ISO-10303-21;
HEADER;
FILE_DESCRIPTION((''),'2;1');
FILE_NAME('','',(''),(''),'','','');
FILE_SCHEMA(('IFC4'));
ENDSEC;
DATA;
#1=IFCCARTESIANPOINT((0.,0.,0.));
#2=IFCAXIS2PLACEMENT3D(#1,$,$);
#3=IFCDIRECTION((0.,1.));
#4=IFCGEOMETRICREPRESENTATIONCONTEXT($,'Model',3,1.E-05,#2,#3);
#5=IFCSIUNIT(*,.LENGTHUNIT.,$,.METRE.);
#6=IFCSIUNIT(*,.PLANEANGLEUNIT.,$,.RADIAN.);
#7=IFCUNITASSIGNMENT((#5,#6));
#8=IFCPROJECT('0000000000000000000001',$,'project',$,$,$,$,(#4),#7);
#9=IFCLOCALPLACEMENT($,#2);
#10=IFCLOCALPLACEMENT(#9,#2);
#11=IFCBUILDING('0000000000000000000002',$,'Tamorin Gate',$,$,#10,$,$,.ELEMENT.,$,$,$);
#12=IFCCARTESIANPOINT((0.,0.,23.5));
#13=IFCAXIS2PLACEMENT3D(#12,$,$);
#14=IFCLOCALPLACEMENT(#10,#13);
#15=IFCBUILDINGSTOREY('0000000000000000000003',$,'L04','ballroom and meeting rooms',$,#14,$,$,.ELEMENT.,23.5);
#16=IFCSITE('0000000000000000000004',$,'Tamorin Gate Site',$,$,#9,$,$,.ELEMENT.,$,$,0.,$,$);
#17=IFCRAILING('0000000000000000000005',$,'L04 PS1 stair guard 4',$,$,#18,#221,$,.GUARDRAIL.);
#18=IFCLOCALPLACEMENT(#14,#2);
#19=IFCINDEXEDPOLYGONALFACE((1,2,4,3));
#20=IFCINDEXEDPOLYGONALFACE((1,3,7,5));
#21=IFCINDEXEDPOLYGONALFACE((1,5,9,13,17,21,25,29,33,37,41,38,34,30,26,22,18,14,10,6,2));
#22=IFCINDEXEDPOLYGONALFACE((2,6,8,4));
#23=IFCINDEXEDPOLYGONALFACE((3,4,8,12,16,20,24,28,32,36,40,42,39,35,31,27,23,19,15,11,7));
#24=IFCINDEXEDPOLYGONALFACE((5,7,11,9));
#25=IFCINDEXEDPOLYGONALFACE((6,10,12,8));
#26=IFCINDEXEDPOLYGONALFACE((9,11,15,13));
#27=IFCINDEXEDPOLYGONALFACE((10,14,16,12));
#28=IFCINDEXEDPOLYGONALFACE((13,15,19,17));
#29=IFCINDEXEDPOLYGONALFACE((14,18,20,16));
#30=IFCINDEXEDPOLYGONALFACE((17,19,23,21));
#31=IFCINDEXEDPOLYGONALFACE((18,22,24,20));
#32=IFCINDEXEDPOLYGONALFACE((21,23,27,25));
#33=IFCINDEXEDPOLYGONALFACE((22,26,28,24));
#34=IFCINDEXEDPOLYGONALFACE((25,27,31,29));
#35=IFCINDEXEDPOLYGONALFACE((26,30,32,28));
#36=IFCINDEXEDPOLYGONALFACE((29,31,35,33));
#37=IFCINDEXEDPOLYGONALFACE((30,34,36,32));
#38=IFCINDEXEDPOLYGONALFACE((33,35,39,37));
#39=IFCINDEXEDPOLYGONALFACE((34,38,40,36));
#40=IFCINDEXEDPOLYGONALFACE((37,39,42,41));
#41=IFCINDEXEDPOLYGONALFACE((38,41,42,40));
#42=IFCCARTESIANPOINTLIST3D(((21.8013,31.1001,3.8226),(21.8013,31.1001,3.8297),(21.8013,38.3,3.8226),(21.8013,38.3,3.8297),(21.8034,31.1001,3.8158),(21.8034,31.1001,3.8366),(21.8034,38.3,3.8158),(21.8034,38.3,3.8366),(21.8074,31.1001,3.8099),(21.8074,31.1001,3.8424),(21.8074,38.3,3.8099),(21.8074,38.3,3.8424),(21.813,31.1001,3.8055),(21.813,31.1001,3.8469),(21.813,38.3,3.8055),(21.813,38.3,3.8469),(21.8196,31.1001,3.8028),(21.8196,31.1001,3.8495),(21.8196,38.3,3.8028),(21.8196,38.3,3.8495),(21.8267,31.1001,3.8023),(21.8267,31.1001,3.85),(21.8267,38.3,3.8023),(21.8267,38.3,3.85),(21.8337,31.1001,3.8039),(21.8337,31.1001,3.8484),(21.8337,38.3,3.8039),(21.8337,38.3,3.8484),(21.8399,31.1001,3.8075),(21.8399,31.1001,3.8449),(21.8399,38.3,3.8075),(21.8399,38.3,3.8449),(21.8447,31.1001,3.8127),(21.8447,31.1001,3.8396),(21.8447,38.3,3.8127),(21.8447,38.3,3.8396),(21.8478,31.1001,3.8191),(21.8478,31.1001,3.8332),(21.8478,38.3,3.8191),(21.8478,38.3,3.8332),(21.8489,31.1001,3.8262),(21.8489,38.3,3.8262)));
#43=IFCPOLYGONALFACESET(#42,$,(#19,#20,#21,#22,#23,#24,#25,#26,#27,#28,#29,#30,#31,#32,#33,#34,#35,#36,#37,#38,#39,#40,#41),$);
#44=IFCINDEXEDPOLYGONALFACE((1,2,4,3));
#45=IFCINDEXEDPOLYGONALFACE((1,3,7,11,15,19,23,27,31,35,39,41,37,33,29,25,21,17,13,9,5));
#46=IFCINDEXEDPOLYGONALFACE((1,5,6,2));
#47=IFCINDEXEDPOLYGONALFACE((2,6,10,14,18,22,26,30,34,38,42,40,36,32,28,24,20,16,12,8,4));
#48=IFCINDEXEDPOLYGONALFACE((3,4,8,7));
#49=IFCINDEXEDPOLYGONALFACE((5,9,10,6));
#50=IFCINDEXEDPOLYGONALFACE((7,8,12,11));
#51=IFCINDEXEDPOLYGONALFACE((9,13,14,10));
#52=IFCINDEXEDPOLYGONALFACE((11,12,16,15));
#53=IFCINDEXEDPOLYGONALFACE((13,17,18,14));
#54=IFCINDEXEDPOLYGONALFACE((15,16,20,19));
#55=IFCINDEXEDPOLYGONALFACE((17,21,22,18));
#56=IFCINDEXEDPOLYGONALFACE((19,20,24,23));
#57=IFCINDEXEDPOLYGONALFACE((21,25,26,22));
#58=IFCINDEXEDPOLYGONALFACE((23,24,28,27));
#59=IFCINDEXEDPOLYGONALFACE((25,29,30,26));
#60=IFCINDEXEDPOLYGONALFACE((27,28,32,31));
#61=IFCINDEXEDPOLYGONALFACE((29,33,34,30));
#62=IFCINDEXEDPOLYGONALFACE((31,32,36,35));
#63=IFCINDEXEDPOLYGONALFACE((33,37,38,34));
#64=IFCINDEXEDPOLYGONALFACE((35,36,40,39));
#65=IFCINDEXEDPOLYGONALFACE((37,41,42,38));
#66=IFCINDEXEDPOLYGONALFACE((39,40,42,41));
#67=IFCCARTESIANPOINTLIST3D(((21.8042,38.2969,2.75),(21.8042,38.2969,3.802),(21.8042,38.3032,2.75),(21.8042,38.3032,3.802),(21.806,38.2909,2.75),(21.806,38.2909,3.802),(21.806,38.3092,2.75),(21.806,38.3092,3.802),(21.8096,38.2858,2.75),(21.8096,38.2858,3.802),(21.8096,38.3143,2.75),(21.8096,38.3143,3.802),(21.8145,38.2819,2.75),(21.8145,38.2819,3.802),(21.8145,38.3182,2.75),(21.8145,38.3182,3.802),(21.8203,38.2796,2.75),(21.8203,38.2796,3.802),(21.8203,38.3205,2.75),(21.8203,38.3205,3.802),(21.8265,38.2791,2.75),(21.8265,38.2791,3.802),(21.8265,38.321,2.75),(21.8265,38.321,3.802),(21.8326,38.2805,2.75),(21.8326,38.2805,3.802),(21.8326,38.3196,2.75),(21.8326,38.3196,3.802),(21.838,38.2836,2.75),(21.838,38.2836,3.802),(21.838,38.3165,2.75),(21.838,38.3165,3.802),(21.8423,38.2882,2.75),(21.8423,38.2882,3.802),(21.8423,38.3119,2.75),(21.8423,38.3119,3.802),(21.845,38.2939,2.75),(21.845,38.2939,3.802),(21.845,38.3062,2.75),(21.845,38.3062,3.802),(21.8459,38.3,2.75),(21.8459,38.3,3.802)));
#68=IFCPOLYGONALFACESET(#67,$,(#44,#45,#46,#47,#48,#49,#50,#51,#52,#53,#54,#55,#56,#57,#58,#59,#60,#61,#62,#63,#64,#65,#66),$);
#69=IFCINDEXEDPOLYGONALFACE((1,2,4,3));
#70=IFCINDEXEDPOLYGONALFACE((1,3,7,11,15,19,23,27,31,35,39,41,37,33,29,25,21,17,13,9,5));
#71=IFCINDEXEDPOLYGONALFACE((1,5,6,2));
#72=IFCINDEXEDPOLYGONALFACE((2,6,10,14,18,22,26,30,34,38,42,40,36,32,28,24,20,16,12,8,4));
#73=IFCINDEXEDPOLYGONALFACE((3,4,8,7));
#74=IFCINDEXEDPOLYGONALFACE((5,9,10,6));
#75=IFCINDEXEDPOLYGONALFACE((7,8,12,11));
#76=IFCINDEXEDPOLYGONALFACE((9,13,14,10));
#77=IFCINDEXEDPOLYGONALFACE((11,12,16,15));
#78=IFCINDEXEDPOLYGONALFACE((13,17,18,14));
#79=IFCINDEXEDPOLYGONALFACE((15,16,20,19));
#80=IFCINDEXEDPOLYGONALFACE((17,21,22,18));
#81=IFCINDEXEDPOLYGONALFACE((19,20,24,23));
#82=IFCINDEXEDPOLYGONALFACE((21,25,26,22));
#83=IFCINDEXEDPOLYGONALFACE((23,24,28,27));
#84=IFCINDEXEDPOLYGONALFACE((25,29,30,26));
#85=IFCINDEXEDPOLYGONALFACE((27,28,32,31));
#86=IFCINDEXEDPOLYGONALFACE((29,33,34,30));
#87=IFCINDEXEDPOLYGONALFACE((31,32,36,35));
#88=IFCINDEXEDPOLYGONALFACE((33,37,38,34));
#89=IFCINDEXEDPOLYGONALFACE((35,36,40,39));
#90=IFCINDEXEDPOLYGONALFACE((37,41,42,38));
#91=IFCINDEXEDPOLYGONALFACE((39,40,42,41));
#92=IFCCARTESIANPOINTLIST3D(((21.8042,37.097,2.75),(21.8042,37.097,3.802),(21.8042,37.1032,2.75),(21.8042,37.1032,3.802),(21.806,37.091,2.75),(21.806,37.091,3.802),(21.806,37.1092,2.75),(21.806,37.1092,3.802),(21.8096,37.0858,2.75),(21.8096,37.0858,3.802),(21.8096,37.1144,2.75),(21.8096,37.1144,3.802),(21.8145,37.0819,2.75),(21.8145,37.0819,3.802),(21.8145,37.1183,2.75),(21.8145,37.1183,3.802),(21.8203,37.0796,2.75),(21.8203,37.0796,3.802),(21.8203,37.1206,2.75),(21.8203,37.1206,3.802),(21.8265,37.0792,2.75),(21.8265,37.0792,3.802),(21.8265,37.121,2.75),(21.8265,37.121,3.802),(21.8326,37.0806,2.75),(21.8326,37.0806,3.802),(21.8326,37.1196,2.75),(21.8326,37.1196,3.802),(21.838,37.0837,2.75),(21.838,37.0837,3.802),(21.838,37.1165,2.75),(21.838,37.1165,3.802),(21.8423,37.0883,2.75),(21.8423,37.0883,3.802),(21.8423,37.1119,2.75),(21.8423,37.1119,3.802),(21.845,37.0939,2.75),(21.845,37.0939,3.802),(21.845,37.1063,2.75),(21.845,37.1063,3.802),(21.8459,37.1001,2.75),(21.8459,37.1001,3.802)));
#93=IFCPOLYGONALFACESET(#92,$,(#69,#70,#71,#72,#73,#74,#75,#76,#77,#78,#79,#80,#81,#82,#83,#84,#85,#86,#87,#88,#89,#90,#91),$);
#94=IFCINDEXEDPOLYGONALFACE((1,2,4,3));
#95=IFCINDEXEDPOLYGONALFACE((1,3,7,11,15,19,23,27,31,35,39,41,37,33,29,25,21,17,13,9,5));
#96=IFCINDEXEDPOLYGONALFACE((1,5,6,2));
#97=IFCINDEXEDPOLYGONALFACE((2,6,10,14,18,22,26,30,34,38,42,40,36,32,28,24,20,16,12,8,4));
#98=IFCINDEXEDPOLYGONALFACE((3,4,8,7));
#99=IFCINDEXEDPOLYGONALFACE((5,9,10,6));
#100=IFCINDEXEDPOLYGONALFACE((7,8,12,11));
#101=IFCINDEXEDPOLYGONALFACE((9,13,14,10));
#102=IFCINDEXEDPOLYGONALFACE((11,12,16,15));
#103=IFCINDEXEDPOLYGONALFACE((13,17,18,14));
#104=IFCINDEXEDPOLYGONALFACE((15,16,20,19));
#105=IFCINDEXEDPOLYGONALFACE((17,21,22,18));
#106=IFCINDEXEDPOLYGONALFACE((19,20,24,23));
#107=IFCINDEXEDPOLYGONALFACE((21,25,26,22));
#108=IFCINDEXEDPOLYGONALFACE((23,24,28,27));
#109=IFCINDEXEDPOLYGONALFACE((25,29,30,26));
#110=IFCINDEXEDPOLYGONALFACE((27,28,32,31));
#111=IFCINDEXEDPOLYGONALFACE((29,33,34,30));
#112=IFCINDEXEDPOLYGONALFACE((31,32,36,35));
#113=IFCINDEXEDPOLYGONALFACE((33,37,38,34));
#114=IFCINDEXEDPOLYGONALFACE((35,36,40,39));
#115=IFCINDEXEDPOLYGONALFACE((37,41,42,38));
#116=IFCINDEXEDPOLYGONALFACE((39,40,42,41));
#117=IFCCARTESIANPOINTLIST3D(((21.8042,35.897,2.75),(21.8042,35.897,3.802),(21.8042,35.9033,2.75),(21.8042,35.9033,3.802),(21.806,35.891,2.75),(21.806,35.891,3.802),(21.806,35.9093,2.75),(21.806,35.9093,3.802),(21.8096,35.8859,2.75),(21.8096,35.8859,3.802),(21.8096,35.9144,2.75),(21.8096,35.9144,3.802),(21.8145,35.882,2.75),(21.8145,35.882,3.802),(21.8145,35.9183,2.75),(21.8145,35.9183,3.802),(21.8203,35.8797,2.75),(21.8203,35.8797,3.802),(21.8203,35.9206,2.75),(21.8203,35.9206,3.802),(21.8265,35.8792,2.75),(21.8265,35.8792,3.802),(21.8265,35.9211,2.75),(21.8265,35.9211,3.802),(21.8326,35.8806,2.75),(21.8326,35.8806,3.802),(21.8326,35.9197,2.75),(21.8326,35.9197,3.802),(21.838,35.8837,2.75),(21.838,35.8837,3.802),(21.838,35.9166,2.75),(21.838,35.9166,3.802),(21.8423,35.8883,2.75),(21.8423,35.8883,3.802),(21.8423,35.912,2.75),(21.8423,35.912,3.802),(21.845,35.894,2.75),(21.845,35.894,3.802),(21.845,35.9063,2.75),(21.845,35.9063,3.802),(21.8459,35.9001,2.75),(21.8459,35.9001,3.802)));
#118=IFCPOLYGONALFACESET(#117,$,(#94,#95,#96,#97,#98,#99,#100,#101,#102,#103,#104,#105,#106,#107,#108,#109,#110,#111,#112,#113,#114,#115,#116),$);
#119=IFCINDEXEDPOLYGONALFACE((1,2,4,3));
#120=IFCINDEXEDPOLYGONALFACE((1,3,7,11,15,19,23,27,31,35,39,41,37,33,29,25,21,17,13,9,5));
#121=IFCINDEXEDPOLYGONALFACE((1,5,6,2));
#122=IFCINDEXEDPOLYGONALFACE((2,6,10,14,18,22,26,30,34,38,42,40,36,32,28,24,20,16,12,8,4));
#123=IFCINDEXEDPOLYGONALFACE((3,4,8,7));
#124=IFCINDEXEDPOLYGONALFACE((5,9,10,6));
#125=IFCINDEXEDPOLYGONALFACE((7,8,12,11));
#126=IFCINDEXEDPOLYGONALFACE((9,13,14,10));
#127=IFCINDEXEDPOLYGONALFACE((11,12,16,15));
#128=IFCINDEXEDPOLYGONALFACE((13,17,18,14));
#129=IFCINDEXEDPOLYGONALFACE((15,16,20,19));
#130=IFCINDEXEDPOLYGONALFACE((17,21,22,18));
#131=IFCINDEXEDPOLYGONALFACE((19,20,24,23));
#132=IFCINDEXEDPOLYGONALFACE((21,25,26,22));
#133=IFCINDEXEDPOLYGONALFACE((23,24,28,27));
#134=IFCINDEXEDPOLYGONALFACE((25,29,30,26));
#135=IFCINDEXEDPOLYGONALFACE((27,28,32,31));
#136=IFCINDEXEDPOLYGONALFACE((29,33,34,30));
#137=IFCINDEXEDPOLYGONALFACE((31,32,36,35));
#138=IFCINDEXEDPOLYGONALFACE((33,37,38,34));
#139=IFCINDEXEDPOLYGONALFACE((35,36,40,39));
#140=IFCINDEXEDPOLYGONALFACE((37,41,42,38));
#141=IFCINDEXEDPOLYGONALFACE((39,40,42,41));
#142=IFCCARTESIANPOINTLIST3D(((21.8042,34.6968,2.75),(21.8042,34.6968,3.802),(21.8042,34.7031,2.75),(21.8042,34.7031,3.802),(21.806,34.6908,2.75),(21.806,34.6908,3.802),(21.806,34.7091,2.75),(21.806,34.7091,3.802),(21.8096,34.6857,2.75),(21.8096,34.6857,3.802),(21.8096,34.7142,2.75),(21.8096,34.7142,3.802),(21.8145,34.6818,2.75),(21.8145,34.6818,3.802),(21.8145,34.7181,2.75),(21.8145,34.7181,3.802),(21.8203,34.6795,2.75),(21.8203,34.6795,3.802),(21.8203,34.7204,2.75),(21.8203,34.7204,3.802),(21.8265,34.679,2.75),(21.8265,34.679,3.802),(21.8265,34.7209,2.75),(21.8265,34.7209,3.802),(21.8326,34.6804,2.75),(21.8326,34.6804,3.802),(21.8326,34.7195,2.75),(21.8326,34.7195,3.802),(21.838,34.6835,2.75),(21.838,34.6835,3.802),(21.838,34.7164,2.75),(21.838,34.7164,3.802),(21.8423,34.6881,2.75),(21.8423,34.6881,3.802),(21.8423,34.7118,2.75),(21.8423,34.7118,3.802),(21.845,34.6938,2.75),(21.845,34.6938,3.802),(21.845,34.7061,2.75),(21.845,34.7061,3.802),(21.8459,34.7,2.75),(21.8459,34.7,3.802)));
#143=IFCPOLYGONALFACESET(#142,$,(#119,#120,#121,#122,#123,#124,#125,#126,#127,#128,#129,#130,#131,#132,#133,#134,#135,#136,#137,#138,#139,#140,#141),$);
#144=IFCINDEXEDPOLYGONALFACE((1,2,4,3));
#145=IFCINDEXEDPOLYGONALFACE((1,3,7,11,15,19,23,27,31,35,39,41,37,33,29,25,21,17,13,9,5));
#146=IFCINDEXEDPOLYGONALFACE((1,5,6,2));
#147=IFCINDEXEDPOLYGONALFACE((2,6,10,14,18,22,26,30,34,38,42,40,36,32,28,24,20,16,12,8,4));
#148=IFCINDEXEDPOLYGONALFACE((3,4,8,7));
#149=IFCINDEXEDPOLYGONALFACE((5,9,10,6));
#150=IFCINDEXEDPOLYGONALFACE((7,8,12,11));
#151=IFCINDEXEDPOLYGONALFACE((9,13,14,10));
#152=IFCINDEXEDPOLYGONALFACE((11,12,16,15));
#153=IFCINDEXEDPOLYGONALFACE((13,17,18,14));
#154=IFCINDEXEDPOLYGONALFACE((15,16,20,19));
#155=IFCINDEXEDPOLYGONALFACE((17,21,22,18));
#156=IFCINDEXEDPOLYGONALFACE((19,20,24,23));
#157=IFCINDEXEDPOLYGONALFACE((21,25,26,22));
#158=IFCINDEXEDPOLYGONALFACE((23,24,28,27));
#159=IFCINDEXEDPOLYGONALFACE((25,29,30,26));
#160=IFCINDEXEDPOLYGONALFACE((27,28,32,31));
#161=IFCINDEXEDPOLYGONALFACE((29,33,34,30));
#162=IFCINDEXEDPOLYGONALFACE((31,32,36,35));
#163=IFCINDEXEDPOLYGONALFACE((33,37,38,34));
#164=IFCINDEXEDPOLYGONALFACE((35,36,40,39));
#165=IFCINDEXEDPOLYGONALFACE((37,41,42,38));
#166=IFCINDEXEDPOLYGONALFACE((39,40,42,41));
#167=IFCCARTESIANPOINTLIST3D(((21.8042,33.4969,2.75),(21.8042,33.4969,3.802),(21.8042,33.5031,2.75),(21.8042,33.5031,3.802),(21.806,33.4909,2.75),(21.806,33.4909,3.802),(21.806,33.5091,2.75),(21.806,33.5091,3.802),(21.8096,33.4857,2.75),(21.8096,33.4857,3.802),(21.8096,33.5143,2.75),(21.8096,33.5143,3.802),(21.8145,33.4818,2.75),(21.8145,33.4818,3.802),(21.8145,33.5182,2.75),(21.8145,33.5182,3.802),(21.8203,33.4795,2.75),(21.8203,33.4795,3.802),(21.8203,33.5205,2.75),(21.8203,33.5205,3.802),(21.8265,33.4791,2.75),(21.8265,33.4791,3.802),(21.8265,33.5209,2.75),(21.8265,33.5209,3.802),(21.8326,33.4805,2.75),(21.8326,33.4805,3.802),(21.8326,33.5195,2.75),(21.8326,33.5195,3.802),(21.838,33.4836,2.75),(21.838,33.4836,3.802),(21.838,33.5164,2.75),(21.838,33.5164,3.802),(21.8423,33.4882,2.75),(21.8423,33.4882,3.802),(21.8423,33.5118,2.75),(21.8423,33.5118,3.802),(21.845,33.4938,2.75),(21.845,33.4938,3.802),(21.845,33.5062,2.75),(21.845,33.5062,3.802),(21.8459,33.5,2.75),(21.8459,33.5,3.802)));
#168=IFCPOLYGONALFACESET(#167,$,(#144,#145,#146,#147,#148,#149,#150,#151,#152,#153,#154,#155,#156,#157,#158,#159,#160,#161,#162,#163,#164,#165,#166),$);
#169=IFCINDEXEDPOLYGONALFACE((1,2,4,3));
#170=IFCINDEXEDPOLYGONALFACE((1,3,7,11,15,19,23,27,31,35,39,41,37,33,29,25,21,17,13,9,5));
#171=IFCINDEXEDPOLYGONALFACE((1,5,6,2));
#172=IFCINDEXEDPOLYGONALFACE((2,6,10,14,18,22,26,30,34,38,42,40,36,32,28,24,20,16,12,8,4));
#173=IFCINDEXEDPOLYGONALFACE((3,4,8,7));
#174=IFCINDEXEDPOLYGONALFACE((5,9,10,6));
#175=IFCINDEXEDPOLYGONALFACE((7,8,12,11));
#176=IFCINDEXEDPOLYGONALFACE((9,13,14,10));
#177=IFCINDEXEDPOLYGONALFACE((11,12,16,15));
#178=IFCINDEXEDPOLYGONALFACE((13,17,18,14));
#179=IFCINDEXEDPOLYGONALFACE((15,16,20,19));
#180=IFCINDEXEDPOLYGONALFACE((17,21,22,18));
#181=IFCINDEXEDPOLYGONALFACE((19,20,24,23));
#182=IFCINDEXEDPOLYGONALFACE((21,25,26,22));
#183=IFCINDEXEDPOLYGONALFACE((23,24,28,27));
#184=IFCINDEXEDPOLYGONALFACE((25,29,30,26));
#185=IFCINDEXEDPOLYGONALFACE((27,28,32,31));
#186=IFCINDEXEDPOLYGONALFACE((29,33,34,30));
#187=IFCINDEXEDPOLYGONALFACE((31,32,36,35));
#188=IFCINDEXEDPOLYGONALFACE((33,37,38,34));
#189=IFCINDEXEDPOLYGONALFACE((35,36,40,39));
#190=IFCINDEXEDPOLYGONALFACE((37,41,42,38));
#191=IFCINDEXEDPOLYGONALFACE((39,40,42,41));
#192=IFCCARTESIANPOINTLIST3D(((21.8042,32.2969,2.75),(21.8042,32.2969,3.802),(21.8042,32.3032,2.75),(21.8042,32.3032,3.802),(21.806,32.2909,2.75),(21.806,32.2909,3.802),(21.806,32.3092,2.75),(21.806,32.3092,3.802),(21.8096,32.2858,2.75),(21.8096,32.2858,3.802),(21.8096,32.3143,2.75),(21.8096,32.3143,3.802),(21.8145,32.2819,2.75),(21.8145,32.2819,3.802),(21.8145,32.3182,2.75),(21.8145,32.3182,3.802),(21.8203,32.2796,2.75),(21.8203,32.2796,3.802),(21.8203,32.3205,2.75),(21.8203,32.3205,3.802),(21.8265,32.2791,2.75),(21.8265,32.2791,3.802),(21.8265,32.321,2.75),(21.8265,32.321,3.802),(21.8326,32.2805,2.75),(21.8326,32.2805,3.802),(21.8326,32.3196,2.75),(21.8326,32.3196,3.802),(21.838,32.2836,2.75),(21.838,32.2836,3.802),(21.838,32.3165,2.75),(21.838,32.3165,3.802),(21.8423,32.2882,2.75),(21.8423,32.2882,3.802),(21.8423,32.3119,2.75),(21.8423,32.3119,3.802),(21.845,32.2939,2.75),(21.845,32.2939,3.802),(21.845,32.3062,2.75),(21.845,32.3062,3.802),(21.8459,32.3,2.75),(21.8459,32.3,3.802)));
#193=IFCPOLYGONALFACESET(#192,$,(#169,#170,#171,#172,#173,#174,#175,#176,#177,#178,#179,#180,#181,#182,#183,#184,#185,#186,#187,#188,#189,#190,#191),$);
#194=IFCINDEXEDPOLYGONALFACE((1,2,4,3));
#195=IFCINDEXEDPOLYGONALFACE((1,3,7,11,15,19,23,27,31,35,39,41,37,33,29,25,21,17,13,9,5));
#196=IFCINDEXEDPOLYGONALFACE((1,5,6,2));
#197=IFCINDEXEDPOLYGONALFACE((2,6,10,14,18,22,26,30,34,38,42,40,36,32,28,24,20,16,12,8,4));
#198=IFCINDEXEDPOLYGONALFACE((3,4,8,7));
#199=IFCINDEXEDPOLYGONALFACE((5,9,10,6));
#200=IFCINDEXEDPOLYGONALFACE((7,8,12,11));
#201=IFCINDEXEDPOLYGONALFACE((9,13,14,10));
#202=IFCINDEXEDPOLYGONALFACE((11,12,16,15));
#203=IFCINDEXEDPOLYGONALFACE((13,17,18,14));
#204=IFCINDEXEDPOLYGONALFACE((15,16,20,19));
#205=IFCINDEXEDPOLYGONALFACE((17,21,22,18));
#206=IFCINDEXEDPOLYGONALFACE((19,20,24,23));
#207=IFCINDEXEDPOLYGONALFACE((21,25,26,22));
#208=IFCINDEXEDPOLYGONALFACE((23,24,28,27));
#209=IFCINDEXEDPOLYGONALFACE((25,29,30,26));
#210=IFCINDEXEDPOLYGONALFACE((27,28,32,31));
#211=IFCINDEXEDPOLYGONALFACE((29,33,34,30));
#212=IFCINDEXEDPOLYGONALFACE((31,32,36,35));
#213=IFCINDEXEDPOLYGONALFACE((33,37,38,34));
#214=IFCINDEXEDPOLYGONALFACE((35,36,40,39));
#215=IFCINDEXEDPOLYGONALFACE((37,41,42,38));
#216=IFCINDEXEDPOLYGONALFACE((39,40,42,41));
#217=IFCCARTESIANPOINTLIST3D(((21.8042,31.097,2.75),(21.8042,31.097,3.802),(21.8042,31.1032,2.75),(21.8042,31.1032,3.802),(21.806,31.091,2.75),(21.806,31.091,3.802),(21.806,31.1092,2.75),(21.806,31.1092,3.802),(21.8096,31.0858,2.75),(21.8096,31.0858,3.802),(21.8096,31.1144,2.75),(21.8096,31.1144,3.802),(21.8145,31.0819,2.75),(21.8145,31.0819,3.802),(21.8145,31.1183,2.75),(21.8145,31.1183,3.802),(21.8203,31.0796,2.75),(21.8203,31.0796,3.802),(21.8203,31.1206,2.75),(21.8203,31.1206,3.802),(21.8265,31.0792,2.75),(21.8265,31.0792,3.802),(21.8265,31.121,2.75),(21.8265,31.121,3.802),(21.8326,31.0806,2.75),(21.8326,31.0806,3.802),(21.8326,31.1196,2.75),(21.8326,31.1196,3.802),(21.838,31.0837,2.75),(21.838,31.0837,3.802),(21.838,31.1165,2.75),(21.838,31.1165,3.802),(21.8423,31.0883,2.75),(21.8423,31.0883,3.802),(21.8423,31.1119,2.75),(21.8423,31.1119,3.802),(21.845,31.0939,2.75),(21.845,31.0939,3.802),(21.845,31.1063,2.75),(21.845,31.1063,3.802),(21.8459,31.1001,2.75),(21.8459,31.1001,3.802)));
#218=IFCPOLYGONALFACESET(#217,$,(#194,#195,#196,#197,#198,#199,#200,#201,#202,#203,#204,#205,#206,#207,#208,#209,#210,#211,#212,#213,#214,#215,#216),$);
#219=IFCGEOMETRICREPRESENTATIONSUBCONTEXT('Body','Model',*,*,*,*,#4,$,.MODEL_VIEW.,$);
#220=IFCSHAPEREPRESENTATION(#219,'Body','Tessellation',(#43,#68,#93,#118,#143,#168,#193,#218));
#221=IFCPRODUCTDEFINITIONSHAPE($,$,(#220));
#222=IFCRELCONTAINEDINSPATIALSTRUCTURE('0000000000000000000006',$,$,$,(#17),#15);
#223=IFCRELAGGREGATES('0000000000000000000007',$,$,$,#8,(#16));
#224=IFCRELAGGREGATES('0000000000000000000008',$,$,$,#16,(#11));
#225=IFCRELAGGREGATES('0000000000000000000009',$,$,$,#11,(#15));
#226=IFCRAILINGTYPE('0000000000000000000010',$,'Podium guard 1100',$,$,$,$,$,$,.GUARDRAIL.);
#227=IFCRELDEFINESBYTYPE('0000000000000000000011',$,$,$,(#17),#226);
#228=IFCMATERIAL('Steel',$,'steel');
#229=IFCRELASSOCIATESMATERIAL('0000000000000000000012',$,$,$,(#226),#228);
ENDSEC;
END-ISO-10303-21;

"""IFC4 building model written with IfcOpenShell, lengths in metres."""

from ifc_helpers import new_model, si_unit, direction, frame, origin, origin_2d, place, context, subcontext, project, spatial, circle, extrude, material, type_object, element, save


model = new_model("IFC4")

# Units and contexts
model_context = context("Model", 3, precision=1e-05, world=origin(), true_north=direction((0.0, 1.0)))
body_context = subcontext(model_context, "Body", "Model", "MODEL_VIEW")
ifc_project = project(units=[si_unit("LENGTHUNIT", "METRE"), si_unit("PLANEANGLEUNIT", "RADIAN")], contexts=[model_context])

# Site, building, storey
site_placement = place(None, origin())
site = spatial("IfcSite", under=ifc_project, at=site_placement, Name="Tamorin Gate Site", CompositionType="ELEMENT", RefElevation=0.0)
building_placement = place(site_placement, origin())
building = spatial("IfcBuilding", under=site, at=building_placement, Name="Tamorin Gate", CompositionType="ELEMENT")
storey_placement = place(building_placement, frame((0.0, 0.0, 23.5)))
storey = spatial("IfcBuildingStorey", under=building, at=storey_placement, Name="L04", Description="ballroom and meeting rooms", CompositionType="ELEMENT", Elevation=23.5)

# Railing
ifc_material_1 = material(Name="Steel", Category="steel")
railing_type_1 = type_object("IfcRailingType", Name="Podium guard 1100", PredefinedType="GUARDRAIL", material=ifc_material_1)
railing_1_placement = place(storey_placement, frame((21.825, 38.3, 2.75)))
element("IfcRailing", 1, at=railing_1_placement, inside=storey, type_object=railing_type_1, Name="L04 PS1 stair guard 4", PredefinedType="GUARDRAIL", context=body_context, shape_type="SweptSolid", body=[
    extrude(circle(Radius=0.0239, at=origin_2d()), frame((0.0, 0.0, 1.0762), z_axis=(0.0, -1.0, 0.0), x_axis=(1.0, 0.0, 0.0)), (0.0, 0.0, 1.0), 7.2),
    extrude(circle(Radius=0.021, at=origin_2d()), origin(), (0.0, 0.0, 1.0), 1.052),
    extrude(circle(Radius=0.021, at=origin_2d()), frame((0.0, -1.2, 0.0)), (0.0, 0.0, 1.0), 1.052),
    extrude(circle(Radius=0.021, at=origin_2d()), frame((0.0, -2.3999, 0.0)), (0.0, 0.0, 1.0), 1.052),
    extrude(circle(Radius=0.021, at=origin_2d()), frame((0.0, -3.6001, 0.0)), (0.0, 0.0, 1.0), 1.052),
    extrude(circle(Radius=0.021, at=origin_2d()), frame((0.0, -4.8, 0.0)), (0.0, 0.0, 1.0), 1.052),
    extrude(circle(Radius=0.021, at=origin_2d()), frame((0.0, -6.0, 0.0)), (0.0, 0.0, 1.0), 1.052),
    extrude(circle(Radius=0.021, at=origin_2d()), frame((0.0, -7.2, 0.0)), (0.0, 0.0, 1.0), 1.052),
])

save(model, "model.ifc")
